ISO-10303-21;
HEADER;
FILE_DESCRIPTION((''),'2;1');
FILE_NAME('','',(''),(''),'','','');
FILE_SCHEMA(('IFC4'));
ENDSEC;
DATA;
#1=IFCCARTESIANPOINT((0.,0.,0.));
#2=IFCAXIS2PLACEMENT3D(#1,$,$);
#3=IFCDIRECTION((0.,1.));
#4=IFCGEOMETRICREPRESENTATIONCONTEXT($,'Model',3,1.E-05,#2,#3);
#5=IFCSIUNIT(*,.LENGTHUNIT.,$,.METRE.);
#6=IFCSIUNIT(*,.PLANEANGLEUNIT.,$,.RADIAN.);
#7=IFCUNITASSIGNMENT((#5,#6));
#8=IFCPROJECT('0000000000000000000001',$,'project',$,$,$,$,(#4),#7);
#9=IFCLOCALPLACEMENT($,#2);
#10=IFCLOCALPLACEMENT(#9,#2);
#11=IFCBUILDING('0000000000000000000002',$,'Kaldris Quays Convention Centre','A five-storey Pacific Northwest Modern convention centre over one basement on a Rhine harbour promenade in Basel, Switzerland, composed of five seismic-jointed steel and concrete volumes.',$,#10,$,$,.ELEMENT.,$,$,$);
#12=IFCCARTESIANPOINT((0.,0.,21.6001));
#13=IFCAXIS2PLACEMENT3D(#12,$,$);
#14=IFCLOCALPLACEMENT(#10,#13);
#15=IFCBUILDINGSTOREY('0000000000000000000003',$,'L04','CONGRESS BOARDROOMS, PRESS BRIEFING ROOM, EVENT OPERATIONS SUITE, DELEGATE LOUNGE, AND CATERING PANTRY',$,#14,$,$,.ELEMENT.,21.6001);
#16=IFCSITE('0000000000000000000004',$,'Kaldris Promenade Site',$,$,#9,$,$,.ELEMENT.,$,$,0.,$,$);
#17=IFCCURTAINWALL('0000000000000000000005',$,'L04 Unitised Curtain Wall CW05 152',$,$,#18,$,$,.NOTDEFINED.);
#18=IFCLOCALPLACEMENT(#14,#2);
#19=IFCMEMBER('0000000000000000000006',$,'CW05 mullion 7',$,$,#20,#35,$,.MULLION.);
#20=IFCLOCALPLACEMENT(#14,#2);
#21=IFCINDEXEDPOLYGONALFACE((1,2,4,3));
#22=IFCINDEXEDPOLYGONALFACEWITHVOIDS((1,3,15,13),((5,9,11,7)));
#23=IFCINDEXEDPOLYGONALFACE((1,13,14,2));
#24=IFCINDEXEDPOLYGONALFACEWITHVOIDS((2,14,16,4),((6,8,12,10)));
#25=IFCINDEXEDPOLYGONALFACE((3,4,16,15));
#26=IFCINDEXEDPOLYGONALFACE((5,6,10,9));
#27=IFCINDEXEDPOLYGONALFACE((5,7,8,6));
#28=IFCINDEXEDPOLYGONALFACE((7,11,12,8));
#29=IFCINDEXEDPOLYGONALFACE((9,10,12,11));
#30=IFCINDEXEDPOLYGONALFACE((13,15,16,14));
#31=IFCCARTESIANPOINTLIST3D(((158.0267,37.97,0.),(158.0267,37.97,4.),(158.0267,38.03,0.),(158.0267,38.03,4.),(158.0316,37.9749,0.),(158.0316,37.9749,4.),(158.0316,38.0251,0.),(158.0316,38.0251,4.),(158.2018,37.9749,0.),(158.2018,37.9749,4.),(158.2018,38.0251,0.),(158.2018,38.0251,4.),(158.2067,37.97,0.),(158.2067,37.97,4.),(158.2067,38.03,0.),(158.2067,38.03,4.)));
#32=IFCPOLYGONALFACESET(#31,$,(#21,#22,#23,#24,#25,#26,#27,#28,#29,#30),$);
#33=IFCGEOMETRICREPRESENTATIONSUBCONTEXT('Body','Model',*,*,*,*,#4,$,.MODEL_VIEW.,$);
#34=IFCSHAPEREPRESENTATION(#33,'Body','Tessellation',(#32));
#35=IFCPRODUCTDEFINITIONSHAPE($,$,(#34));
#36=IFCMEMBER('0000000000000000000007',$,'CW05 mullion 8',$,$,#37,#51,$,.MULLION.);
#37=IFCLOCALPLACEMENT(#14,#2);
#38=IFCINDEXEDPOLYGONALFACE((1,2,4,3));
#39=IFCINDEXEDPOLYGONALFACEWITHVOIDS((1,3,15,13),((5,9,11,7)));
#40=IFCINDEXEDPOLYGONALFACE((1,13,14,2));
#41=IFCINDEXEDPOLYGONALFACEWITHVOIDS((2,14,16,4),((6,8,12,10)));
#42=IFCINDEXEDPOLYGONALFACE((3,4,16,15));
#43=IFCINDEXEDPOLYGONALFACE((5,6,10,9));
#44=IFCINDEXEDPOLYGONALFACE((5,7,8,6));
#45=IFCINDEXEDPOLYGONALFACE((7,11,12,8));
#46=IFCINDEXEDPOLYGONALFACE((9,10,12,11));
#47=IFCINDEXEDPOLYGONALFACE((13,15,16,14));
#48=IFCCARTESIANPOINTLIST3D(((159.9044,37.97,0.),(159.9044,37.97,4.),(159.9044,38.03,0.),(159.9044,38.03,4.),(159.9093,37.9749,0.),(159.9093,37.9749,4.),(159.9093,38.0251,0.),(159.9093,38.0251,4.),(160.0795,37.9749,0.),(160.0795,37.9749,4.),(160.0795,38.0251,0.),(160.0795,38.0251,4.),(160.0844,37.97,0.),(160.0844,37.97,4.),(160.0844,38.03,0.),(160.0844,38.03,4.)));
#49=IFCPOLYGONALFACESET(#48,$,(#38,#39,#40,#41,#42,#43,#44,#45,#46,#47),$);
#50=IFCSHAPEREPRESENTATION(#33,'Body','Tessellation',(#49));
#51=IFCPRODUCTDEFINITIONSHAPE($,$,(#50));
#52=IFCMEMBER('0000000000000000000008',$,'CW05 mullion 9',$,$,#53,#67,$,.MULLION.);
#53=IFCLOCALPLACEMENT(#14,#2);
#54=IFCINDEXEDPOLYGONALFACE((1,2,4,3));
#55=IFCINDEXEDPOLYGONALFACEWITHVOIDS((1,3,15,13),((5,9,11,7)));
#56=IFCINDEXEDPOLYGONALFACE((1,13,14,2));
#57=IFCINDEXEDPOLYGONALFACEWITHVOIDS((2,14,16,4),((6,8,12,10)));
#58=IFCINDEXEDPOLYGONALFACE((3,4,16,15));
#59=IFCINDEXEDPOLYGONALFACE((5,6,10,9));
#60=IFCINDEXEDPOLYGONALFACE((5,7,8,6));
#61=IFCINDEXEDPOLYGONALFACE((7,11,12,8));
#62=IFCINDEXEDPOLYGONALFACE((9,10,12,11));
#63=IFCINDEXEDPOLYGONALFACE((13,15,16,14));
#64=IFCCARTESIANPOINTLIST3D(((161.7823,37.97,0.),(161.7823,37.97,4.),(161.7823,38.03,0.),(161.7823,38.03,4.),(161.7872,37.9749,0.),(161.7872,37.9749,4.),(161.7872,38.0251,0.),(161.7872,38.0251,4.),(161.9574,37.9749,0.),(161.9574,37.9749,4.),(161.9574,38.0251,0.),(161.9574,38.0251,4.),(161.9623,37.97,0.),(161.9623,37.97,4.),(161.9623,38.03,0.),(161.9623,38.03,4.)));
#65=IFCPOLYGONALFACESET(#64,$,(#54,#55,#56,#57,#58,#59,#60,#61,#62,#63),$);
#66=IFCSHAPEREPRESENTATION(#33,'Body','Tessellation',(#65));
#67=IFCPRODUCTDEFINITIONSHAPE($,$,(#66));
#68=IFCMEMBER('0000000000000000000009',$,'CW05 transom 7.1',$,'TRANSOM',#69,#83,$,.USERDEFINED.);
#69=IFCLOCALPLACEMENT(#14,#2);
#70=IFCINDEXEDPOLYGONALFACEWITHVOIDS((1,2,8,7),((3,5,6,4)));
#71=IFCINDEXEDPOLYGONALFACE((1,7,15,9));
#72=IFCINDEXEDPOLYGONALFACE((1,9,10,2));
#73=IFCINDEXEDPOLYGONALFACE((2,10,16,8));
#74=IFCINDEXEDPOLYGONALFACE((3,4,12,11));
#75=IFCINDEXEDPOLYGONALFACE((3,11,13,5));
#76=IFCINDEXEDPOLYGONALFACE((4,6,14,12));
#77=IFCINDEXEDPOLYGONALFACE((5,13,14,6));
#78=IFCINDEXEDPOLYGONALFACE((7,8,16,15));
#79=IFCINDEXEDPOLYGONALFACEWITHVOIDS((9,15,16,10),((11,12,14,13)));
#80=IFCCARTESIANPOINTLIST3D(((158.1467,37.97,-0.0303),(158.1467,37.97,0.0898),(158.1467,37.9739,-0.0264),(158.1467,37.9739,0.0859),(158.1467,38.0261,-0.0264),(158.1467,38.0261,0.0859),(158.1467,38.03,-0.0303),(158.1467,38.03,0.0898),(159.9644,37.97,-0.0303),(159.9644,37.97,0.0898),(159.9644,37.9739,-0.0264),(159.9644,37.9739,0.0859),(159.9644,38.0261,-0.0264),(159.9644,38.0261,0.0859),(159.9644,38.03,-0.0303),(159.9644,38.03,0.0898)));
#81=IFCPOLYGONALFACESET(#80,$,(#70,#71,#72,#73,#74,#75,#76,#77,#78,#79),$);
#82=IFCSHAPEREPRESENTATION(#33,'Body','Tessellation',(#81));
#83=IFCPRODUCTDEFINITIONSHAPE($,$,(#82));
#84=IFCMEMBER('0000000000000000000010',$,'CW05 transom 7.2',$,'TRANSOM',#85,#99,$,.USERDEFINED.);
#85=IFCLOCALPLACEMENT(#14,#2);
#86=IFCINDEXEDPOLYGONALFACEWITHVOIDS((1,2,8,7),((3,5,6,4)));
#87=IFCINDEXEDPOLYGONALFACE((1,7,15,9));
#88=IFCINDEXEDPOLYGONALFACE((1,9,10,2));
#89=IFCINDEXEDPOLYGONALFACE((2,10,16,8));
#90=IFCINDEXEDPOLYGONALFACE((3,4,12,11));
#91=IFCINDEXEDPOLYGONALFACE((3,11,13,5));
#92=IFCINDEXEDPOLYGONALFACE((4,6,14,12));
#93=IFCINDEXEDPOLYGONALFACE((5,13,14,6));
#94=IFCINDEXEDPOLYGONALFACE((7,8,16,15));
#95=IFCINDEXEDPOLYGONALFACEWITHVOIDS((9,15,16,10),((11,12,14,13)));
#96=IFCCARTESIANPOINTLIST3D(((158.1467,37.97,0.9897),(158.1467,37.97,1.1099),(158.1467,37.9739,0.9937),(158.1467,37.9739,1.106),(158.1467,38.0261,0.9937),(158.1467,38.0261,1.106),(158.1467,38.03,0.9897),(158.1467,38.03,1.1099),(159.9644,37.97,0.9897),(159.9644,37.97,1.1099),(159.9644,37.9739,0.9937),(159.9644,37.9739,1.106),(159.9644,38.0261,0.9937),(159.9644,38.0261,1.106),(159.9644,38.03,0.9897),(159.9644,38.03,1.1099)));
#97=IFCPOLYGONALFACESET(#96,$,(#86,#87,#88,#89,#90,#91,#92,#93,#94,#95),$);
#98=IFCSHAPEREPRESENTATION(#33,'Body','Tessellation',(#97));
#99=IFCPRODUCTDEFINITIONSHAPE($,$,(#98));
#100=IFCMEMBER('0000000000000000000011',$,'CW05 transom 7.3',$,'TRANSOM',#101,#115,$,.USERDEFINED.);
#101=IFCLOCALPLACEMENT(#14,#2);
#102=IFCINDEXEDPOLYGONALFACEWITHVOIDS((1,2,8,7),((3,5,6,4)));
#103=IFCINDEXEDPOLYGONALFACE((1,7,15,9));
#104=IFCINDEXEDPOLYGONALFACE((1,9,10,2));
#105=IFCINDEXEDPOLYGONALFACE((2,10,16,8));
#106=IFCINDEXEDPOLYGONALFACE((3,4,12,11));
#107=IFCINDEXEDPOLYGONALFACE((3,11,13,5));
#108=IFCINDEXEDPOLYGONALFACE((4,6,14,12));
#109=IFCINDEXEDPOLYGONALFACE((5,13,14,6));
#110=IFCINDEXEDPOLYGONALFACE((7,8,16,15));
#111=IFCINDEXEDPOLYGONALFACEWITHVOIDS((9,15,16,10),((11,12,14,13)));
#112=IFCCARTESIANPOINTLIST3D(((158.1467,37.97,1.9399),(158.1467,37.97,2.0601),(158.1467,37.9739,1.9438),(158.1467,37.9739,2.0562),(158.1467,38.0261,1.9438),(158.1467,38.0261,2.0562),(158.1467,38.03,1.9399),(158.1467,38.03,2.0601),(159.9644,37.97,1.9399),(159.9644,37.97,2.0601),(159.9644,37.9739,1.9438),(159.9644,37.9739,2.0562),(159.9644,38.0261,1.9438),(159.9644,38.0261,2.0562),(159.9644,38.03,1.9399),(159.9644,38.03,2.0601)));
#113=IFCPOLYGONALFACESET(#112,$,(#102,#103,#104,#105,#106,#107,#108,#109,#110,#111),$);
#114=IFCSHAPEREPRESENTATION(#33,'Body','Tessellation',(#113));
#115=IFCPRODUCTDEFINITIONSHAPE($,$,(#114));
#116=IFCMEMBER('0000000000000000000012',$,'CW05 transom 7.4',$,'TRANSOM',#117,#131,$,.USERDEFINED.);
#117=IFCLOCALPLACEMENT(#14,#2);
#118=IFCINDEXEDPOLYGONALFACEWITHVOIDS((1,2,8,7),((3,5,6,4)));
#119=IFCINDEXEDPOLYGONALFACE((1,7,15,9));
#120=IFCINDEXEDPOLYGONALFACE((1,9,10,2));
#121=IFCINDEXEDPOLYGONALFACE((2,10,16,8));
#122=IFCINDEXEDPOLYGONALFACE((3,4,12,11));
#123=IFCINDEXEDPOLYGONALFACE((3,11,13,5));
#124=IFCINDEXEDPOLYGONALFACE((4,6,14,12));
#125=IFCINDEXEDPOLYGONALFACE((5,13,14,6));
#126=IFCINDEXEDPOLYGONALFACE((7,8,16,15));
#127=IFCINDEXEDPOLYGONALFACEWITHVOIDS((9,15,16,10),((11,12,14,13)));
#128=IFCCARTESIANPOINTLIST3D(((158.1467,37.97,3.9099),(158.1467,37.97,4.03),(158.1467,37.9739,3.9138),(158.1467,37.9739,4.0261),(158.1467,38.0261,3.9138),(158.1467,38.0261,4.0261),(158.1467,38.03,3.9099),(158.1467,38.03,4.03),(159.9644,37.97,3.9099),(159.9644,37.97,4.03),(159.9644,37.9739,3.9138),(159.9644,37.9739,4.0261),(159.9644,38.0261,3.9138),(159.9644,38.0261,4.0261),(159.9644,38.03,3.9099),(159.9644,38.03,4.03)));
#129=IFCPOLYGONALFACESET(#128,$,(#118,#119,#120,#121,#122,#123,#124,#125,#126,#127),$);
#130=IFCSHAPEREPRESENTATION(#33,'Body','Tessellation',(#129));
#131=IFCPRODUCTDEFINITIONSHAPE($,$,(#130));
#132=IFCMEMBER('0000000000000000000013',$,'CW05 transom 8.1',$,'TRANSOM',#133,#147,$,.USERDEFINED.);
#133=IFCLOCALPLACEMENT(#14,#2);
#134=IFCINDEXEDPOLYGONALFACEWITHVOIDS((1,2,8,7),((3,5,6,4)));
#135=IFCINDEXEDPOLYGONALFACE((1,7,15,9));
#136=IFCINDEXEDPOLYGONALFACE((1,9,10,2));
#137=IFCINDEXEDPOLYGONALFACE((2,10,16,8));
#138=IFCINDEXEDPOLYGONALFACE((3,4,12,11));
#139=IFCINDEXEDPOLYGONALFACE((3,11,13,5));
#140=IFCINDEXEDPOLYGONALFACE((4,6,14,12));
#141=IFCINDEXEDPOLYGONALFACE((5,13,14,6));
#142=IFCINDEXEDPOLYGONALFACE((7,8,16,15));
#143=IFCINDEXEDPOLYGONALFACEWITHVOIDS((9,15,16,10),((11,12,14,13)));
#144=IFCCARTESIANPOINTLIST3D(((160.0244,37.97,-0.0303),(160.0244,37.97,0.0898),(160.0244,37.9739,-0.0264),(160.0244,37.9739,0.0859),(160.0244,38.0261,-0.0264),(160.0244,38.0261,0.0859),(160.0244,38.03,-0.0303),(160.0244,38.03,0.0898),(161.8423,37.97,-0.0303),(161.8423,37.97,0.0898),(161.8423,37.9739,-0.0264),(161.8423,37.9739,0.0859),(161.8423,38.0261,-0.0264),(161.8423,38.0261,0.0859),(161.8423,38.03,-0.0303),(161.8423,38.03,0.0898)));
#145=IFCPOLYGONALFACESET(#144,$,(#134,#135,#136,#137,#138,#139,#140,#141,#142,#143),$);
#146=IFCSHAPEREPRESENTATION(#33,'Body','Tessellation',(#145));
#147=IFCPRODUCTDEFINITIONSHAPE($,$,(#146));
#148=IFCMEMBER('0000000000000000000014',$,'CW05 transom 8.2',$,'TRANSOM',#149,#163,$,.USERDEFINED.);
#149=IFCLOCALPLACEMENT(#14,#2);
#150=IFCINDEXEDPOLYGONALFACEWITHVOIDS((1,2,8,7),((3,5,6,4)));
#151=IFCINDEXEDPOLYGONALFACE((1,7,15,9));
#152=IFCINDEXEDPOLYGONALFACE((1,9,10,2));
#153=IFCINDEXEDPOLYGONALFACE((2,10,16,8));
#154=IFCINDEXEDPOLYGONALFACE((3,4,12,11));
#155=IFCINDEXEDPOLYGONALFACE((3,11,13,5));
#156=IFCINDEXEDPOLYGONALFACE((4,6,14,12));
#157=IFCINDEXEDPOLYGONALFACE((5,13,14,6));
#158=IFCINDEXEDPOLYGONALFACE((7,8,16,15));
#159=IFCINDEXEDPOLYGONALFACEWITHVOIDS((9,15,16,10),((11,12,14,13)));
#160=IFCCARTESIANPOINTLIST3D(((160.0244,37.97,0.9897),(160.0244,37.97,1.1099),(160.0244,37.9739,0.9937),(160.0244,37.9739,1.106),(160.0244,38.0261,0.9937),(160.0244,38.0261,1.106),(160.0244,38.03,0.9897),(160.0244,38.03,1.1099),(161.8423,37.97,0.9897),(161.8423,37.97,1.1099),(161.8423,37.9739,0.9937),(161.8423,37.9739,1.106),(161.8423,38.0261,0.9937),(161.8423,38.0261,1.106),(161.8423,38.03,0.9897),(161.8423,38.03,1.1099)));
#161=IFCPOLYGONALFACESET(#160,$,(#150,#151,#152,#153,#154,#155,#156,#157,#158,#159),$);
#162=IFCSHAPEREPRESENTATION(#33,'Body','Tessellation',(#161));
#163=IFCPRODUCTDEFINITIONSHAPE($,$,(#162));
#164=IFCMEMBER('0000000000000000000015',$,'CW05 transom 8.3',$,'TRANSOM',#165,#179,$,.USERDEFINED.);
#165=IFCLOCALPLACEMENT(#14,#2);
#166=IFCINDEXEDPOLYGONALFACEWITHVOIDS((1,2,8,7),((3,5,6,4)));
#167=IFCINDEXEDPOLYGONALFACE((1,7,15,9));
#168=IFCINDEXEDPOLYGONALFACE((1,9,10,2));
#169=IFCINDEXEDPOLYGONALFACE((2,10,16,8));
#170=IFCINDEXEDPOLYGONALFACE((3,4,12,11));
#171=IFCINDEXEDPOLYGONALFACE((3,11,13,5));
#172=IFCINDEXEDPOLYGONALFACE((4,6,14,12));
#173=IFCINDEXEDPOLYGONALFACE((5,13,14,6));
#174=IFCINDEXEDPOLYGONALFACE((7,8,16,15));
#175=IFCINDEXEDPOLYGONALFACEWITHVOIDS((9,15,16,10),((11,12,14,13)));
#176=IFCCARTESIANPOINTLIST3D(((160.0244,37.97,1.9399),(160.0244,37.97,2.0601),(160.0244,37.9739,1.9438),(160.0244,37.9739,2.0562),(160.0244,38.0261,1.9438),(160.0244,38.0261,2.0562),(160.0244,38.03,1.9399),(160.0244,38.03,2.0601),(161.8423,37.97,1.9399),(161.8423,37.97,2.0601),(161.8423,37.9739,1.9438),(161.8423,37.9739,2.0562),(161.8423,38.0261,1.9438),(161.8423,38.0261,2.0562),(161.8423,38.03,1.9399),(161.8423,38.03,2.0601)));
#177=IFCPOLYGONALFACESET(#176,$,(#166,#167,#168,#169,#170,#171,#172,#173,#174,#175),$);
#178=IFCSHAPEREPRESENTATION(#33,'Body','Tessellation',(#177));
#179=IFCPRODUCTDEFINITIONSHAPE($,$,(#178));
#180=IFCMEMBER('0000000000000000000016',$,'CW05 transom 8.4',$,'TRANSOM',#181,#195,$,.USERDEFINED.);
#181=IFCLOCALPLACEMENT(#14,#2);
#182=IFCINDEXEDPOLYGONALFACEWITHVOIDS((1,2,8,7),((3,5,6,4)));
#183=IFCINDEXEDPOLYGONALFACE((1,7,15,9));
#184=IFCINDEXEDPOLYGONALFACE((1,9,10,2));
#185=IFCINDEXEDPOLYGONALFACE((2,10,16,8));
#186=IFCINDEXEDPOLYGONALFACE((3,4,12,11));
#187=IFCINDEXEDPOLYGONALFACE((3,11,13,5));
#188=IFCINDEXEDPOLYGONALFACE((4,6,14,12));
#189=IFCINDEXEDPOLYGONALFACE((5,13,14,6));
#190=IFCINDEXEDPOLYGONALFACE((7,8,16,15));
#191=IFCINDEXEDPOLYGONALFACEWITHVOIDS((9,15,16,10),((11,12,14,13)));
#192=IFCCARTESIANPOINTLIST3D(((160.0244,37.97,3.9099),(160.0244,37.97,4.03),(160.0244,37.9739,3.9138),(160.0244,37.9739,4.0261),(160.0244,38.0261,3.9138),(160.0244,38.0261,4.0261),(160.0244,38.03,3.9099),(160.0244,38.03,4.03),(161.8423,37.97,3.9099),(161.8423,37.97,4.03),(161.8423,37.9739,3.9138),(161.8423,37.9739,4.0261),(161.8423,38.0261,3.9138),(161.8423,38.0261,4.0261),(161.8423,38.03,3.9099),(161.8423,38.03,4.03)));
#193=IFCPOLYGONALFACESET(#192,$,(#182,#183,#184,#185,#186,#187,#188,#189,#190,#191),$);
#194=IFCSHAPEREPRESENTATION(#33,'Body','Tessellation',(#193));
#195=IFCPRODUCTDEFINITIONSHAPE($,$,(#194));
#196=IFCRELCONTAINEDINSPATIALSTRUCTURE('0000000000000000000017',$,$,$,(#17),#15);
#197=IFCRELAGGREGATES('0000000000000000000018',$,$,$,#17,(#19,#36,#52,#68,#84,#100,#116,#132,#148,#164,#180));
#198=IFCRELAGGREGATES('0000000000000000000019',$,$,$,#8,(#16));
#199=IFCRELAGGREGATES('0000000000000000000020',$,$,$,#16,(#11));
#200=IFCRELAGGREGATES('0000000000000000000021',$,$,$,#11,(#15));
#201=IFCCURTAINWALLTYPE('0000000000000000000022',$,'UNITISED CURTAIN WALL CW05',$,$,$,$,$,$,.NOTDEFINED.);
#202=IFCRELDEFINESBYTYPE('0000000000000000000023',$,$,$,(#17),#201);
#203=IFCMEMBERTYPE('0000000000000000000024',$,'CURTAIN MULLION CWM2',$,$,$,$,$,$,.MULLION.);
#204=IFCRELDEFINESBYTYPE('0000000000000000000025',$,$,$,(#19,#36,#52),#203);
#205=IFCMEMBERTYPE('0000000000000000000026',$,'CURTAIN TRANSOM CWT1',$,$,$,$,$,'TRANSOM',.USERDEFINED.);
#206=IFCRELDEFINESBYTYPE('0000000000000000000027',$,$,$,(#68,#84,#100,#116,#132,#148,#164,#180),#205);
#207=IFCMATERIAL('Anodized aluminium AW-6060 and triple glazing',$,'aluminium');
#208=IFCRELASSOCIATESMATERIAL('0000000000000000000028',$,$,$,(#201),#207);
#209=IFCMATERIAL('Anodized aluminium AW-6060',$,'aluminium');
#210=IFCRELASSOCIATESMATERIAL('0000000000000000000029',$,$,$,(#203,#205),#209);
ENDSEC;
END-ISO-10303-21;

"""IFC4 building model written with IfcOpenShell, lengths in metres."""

from ifc_helpers import new_model, si_unit, direction, frame, origin, origin_2d, place, context, subcontext, project, spatial, hollow_rectangle, extrude, material, material_profile, profile_set, type_object, element, aggregate, save


model = new_model("IFC4")

# Units and contexts
model_context = context("Model", 3, precision=1e-05, world=origin(), true_north=direction((0.0, 1.0)))
body_context = subcontext(model_context, "Body", "Model", "MODEL_VIEW")
ifc_project = project(units=[si_unit("LENGTHUNIT", "METRE"), si_unit("PLANEANGLEUNIT", "RADIAN")], contexts=[model_context])

# Site, building, storey
site_placement = place(None, origin())
site = spatial("IfcSite", under=ifc_project, at=site_placement, Name="Kaldris Promenade Site", CompositionType="ELEMENT", RefElevation=0.0)
building_placement = place(site_placement, origin())
building = spatial("IfcBuilding", under=site, at=building_placement, Name="Kaldris Quays Convention Centre", Description="A five-storey Pacific Northwest Modern convention centre over one basement on a Rhine harbour promenade in Basel, Switzerland, composed of five seismic-jointed steel and concrete volumes.", CompositionType="ELEMENT")
storey_placement = place(building_placement, frame((0.0, 0.0, 21.6001)))
storey = spatial("IfcBuildingStorey", under=building, at=storey_placement, Name="L04", Description="CONGRESS BOARDROOMS, PRESS BRIEFING ROOM, EVENT OPERATIONS SUITE, DELEGATE LOUNGE, AND CATERING PANTRY", CompositionType="ELEMENT", Elevation=21.6001)

# Curtain wall, members
ifc_material_1 = material(Name="Anodized aluminium AW-6060 and triple glazing", Category="aluminium")
curtain_wall_type = type_object("IfcCurtainWallType", Name="UNITISED CURTAIN WALL CW05", PredefinedType="NOTDEFINED", material=ifc_material_1)
curtain_wall_placement = place(storey_placement, origin())
curtain_wall = element("IfcCurtainWall", 1, at=curtain_wall_placement, inside=storey, type_object=curtain_wall_type, Name="L04 Unitised Curtain Wall CW05 152", PredefinedType="NOTDEFINED")
ifc_material_2 = material(Name="Anodized aluminium AW-6060", Category="aluminium")
ifc_material_profile_1 = material_profile(ifc_material_2, hollow_rectangle(XDim=0.0601, YDim=0.1799, WallThickness=0.0049, at=origin_2d()), Name="RHS 180x60x5")
ifc_profile_set_1 = profile_set([ifc_material_profile_1], Name="Anodized aluminium AW-6060")
member_type_1 = type_object("IfcMemberType", Name="CURTAIN MULLION CWM2", PredefinedType="MULLION", material=ifc_profile_set_1)
member_1_placement = place(storey_placement, frame((158.1167, 38.0, 0.0), z_axis=(0.0, 0.0, 1.0), x_axis=(0.0, 1.0, 0.0)))
member_1 = element("IfcMember", 2, at=member_1_placement, type_object=member_type_1, Name="CW05 mullion 7", PredefinedType="MULLION", context=body_context, shape_type="SweptSolid", body=[
    extrude(hollow_rectangle(XDim=0.0601, YDim=0.1799, WallThickness=0.0049, at=origin_2d()), origin(), (0.0, 0.0, 1.0), 4.0),
])
member_2_placement = place(storey_placement, frame((159.9944, 38.0, 0.0), z_axis=(0.0, 0.0, 1.0), x_axis=(0.0, 1.0, 0.0)))
member_2 = element("IfcMember", 3, at=member_2_placement, type_object=member_type_1, Name="CW05 mullion 8", PredefinedType="MULLION", context=body_context, shape_type="SweptSolid", body=[
    extrude(hollow_rectangle(XDim=0.0601, YDim=0.1799, WallThickness=0.0049, at=origin_2d()), origin(), (0.0, 0.0, 1.0), 4.0),
])
member_3_placement = place(storey_placement, frame((161.8723, 38.0, 0.0), z_axis=(0.0, 0.0, 1.0), x_axis=(0.0, 1.0, 0.0)))
member_3 = element("IfcMember", 4, at=member_3_placement, type_object=member_type_1, Name="CW05 mullion 9", PredefinedType="MULLION", context=body_context, shape_type="SweptSolid", body=[
    extrude(hollow_rectangle(XDim=0.0601, YDim=0.1799, WallThickness=0.0049, at=origin_2d()), origin(), (0.0, 0.0, 1.0), 4.0),
])
ifc_material_profile_2 = material_profile(ifc_material_2, hollow_rectangle(XDim=0.0601, YDim=0.1201, WallThickness=0.0039, at=origin_2d()), Name="RHS 120x60x4")
ifc_profile_set_2 = profile_set([ifc_material_profile_2], Name="Anodized aluminium AW-6060")
member_type_2 = type_object("IfcMemberType", Name="CURTAIN TRANSOM CWT1", ElementType="TRANSOM", PredefinedType="USERDEFINED", material=ifc_profile_set_2)
member_4_placement = place(storey_placement, frame((158.1467, 38.0, 0.0298), z_axis=(1.0, 0.0, 0.0), x_axis=(0.0, 1.0, 0.0)))
member_4 = element("IfcMember", 5, at=member_4_placement, type_object=member_type_2, Name="CW05 transom 7.1", ObjectType="TRANSOM", PredefinedType="USERDEFINED", context=body_context, shape_type="SweptSolid", body=[
    extrude(hollow_rectangle(XDim=0.0601, YDim=0.1201, WallThickness=0.0039, at=origin_2d()), origin(), (0.0, 0.0, 1.0), 1.8176),
])
member_5_placement = place(storey_placement, frame((158.1467, 38.0, 1.0498), z_axis=(1.0, 0.0, 0.0), x_axis=(0.0, 1.0, 0.0)))
member_5 = element("IfcMember", 6, at=member_5_placement, type_object=member_type_2, Name="CW05 transom 7.2", ObjectType="TRANSOM", PredefinedType="USERDEFINED", context=body_context, shape_type="SweptSolid", body=[
    extrude(hollow_rectangle(XDim=0.0601, YDim=0.1201, WallThickness=0.0039, at=origin_2d()), origin(), (0.0, 0.0, 1.0), 1.8176),
])
member_6_placement = place(storey_placement, frame((158.1467, 38.0, 2.0), z_axis=(1.0, 0.0, 0.0), x_axis=(0.0, 1.0, 0.0)))
member_6 = element("IfcMember", 7, at=member_6_placement, type_object=member_type_2, Name="CW05 transom 7.3", ObjectType="TRANSOM", PredefinedType="USERDEFINED", context=body_context, shape_type="SweptSolid", body=[
    extrude(hollow_rectangle(XDim=0.0601, YDim=0.1201, WallThickness=0.0039, at=origin_2d()), origin(), (0.0, 0.0, 1.0), 1.8176),
])
member_7_placement = place(storey_placement, frame((158.1467, 38.0, 3.97), z_axis=(1.0, 0.0, 0.0), x_axis=(0.0, 1.0, 0.0)))
member_7 = element("IfcMember", 8, at=member_7_placement, type_object=member_type_2, Name="CW05 transom 7.4", ObjectType="TRANSOM", PredefinedType="USERDEFINED", context=body_context, shape_type="SweptSolid", body=[
    extrude(hollow_rectangle(XDim=0.0601, YDim=0.1201, WallThickness=0.0039, at=origin_2d()), origin(), (0.0, 0.0, 1.0), 1.8176),
])
member_8_placement = place(storey_placement, frame((160.0244, 38.0, 0.0298), z_axis=(1.0, 0.0, 0.0), x_axis=(0.0, 1.0, 0.0)))
member_8 = element("IfcMember", 9, at=member_8_placement, type_object=member_type_2, Name="CW05 transom 8.1", ObjectType="TRANSOM", PredefinedType="USERDEFINED", context=body_context, shape_type="SweptSolid", body=[
    extrude(hollow_rectangle(XDim=0.0601, YDim=0.1201, WallThickness=0.0039, at=origin_2d()), origin(), (0.0, 0.0, 1.0), 1.8179),
])
member_9_placement = place(storey_placement, frame((160.0244, 38.0, 1.0498), z_axis=(1.0, 0.0, 0.0), x_axis=(0.0, 1.0, 0.0)))
member_9 = element("IfcMember", 10, at=member_9_placement, type_object=member_type_2, Name="CW05 transom 8.2", ObjectType="TRANSOM", PredefinedType="USERDEFINED", context=body_context, shape_type="SweptSolid", body=[
    extrude(hollow_rectangle(XDim=0.0601, YDim=0.1201, WallThickness=0.0039, at=origin_2d()), origin(), (0.0, 0.0, 1.0), 1.8179),
])
member_10_placement = place(storey_placement, frame((160.0244, 38.0, 2.0), z_axis=(1.0, 0.0, 0.0), x_axis=(0.0, 1.0, 0.0)))
member_10 = element("IfcMember", 11, at=member_10_placement, type_object=member_type_2, Name="CW05 transom 8.3", ObjectType="TRANSOM", PredefinedType="USERDEFINED", context=body_context, shape_type="SweptSolid", body=[
    extrude(hollow_rectangle(XDim=0.0601, YDim=0.1201, WallThickness=0.0039, at=origin_2d()), origin(), (0.0, 0.0, 1.0), 1.8179),
])
member_11_placement = place(storey_placement, frame((160.0244, 38.0, 3.97), z_axis=(1.0, 0.0, 0.0), x_axis=(0.0, 1.0, 0.0)))
member_11 = element("IfcMember", 12, at=member_11_placement, type_object=member_type_2, Name="CW05 transom 8.4", ObjectType="TRANSOM", PredefinedType="USERDEFINED", context=body_context, shape_type="SweptSolid", body=[
    extrude(hollow_rectangle(XDim=0.0601, YDim=0.1201, WallThickness=0.0039, at=origin_2d()), origin(), (0.0, 0.0, 1.0), 1.8179),
])

aggregate(curtain_wall, [member_1, member_2, member_3, member_4, member_5, member_6, member_7, member_8, member_9, member_10, member_11])

save(model, "model.ifc")
